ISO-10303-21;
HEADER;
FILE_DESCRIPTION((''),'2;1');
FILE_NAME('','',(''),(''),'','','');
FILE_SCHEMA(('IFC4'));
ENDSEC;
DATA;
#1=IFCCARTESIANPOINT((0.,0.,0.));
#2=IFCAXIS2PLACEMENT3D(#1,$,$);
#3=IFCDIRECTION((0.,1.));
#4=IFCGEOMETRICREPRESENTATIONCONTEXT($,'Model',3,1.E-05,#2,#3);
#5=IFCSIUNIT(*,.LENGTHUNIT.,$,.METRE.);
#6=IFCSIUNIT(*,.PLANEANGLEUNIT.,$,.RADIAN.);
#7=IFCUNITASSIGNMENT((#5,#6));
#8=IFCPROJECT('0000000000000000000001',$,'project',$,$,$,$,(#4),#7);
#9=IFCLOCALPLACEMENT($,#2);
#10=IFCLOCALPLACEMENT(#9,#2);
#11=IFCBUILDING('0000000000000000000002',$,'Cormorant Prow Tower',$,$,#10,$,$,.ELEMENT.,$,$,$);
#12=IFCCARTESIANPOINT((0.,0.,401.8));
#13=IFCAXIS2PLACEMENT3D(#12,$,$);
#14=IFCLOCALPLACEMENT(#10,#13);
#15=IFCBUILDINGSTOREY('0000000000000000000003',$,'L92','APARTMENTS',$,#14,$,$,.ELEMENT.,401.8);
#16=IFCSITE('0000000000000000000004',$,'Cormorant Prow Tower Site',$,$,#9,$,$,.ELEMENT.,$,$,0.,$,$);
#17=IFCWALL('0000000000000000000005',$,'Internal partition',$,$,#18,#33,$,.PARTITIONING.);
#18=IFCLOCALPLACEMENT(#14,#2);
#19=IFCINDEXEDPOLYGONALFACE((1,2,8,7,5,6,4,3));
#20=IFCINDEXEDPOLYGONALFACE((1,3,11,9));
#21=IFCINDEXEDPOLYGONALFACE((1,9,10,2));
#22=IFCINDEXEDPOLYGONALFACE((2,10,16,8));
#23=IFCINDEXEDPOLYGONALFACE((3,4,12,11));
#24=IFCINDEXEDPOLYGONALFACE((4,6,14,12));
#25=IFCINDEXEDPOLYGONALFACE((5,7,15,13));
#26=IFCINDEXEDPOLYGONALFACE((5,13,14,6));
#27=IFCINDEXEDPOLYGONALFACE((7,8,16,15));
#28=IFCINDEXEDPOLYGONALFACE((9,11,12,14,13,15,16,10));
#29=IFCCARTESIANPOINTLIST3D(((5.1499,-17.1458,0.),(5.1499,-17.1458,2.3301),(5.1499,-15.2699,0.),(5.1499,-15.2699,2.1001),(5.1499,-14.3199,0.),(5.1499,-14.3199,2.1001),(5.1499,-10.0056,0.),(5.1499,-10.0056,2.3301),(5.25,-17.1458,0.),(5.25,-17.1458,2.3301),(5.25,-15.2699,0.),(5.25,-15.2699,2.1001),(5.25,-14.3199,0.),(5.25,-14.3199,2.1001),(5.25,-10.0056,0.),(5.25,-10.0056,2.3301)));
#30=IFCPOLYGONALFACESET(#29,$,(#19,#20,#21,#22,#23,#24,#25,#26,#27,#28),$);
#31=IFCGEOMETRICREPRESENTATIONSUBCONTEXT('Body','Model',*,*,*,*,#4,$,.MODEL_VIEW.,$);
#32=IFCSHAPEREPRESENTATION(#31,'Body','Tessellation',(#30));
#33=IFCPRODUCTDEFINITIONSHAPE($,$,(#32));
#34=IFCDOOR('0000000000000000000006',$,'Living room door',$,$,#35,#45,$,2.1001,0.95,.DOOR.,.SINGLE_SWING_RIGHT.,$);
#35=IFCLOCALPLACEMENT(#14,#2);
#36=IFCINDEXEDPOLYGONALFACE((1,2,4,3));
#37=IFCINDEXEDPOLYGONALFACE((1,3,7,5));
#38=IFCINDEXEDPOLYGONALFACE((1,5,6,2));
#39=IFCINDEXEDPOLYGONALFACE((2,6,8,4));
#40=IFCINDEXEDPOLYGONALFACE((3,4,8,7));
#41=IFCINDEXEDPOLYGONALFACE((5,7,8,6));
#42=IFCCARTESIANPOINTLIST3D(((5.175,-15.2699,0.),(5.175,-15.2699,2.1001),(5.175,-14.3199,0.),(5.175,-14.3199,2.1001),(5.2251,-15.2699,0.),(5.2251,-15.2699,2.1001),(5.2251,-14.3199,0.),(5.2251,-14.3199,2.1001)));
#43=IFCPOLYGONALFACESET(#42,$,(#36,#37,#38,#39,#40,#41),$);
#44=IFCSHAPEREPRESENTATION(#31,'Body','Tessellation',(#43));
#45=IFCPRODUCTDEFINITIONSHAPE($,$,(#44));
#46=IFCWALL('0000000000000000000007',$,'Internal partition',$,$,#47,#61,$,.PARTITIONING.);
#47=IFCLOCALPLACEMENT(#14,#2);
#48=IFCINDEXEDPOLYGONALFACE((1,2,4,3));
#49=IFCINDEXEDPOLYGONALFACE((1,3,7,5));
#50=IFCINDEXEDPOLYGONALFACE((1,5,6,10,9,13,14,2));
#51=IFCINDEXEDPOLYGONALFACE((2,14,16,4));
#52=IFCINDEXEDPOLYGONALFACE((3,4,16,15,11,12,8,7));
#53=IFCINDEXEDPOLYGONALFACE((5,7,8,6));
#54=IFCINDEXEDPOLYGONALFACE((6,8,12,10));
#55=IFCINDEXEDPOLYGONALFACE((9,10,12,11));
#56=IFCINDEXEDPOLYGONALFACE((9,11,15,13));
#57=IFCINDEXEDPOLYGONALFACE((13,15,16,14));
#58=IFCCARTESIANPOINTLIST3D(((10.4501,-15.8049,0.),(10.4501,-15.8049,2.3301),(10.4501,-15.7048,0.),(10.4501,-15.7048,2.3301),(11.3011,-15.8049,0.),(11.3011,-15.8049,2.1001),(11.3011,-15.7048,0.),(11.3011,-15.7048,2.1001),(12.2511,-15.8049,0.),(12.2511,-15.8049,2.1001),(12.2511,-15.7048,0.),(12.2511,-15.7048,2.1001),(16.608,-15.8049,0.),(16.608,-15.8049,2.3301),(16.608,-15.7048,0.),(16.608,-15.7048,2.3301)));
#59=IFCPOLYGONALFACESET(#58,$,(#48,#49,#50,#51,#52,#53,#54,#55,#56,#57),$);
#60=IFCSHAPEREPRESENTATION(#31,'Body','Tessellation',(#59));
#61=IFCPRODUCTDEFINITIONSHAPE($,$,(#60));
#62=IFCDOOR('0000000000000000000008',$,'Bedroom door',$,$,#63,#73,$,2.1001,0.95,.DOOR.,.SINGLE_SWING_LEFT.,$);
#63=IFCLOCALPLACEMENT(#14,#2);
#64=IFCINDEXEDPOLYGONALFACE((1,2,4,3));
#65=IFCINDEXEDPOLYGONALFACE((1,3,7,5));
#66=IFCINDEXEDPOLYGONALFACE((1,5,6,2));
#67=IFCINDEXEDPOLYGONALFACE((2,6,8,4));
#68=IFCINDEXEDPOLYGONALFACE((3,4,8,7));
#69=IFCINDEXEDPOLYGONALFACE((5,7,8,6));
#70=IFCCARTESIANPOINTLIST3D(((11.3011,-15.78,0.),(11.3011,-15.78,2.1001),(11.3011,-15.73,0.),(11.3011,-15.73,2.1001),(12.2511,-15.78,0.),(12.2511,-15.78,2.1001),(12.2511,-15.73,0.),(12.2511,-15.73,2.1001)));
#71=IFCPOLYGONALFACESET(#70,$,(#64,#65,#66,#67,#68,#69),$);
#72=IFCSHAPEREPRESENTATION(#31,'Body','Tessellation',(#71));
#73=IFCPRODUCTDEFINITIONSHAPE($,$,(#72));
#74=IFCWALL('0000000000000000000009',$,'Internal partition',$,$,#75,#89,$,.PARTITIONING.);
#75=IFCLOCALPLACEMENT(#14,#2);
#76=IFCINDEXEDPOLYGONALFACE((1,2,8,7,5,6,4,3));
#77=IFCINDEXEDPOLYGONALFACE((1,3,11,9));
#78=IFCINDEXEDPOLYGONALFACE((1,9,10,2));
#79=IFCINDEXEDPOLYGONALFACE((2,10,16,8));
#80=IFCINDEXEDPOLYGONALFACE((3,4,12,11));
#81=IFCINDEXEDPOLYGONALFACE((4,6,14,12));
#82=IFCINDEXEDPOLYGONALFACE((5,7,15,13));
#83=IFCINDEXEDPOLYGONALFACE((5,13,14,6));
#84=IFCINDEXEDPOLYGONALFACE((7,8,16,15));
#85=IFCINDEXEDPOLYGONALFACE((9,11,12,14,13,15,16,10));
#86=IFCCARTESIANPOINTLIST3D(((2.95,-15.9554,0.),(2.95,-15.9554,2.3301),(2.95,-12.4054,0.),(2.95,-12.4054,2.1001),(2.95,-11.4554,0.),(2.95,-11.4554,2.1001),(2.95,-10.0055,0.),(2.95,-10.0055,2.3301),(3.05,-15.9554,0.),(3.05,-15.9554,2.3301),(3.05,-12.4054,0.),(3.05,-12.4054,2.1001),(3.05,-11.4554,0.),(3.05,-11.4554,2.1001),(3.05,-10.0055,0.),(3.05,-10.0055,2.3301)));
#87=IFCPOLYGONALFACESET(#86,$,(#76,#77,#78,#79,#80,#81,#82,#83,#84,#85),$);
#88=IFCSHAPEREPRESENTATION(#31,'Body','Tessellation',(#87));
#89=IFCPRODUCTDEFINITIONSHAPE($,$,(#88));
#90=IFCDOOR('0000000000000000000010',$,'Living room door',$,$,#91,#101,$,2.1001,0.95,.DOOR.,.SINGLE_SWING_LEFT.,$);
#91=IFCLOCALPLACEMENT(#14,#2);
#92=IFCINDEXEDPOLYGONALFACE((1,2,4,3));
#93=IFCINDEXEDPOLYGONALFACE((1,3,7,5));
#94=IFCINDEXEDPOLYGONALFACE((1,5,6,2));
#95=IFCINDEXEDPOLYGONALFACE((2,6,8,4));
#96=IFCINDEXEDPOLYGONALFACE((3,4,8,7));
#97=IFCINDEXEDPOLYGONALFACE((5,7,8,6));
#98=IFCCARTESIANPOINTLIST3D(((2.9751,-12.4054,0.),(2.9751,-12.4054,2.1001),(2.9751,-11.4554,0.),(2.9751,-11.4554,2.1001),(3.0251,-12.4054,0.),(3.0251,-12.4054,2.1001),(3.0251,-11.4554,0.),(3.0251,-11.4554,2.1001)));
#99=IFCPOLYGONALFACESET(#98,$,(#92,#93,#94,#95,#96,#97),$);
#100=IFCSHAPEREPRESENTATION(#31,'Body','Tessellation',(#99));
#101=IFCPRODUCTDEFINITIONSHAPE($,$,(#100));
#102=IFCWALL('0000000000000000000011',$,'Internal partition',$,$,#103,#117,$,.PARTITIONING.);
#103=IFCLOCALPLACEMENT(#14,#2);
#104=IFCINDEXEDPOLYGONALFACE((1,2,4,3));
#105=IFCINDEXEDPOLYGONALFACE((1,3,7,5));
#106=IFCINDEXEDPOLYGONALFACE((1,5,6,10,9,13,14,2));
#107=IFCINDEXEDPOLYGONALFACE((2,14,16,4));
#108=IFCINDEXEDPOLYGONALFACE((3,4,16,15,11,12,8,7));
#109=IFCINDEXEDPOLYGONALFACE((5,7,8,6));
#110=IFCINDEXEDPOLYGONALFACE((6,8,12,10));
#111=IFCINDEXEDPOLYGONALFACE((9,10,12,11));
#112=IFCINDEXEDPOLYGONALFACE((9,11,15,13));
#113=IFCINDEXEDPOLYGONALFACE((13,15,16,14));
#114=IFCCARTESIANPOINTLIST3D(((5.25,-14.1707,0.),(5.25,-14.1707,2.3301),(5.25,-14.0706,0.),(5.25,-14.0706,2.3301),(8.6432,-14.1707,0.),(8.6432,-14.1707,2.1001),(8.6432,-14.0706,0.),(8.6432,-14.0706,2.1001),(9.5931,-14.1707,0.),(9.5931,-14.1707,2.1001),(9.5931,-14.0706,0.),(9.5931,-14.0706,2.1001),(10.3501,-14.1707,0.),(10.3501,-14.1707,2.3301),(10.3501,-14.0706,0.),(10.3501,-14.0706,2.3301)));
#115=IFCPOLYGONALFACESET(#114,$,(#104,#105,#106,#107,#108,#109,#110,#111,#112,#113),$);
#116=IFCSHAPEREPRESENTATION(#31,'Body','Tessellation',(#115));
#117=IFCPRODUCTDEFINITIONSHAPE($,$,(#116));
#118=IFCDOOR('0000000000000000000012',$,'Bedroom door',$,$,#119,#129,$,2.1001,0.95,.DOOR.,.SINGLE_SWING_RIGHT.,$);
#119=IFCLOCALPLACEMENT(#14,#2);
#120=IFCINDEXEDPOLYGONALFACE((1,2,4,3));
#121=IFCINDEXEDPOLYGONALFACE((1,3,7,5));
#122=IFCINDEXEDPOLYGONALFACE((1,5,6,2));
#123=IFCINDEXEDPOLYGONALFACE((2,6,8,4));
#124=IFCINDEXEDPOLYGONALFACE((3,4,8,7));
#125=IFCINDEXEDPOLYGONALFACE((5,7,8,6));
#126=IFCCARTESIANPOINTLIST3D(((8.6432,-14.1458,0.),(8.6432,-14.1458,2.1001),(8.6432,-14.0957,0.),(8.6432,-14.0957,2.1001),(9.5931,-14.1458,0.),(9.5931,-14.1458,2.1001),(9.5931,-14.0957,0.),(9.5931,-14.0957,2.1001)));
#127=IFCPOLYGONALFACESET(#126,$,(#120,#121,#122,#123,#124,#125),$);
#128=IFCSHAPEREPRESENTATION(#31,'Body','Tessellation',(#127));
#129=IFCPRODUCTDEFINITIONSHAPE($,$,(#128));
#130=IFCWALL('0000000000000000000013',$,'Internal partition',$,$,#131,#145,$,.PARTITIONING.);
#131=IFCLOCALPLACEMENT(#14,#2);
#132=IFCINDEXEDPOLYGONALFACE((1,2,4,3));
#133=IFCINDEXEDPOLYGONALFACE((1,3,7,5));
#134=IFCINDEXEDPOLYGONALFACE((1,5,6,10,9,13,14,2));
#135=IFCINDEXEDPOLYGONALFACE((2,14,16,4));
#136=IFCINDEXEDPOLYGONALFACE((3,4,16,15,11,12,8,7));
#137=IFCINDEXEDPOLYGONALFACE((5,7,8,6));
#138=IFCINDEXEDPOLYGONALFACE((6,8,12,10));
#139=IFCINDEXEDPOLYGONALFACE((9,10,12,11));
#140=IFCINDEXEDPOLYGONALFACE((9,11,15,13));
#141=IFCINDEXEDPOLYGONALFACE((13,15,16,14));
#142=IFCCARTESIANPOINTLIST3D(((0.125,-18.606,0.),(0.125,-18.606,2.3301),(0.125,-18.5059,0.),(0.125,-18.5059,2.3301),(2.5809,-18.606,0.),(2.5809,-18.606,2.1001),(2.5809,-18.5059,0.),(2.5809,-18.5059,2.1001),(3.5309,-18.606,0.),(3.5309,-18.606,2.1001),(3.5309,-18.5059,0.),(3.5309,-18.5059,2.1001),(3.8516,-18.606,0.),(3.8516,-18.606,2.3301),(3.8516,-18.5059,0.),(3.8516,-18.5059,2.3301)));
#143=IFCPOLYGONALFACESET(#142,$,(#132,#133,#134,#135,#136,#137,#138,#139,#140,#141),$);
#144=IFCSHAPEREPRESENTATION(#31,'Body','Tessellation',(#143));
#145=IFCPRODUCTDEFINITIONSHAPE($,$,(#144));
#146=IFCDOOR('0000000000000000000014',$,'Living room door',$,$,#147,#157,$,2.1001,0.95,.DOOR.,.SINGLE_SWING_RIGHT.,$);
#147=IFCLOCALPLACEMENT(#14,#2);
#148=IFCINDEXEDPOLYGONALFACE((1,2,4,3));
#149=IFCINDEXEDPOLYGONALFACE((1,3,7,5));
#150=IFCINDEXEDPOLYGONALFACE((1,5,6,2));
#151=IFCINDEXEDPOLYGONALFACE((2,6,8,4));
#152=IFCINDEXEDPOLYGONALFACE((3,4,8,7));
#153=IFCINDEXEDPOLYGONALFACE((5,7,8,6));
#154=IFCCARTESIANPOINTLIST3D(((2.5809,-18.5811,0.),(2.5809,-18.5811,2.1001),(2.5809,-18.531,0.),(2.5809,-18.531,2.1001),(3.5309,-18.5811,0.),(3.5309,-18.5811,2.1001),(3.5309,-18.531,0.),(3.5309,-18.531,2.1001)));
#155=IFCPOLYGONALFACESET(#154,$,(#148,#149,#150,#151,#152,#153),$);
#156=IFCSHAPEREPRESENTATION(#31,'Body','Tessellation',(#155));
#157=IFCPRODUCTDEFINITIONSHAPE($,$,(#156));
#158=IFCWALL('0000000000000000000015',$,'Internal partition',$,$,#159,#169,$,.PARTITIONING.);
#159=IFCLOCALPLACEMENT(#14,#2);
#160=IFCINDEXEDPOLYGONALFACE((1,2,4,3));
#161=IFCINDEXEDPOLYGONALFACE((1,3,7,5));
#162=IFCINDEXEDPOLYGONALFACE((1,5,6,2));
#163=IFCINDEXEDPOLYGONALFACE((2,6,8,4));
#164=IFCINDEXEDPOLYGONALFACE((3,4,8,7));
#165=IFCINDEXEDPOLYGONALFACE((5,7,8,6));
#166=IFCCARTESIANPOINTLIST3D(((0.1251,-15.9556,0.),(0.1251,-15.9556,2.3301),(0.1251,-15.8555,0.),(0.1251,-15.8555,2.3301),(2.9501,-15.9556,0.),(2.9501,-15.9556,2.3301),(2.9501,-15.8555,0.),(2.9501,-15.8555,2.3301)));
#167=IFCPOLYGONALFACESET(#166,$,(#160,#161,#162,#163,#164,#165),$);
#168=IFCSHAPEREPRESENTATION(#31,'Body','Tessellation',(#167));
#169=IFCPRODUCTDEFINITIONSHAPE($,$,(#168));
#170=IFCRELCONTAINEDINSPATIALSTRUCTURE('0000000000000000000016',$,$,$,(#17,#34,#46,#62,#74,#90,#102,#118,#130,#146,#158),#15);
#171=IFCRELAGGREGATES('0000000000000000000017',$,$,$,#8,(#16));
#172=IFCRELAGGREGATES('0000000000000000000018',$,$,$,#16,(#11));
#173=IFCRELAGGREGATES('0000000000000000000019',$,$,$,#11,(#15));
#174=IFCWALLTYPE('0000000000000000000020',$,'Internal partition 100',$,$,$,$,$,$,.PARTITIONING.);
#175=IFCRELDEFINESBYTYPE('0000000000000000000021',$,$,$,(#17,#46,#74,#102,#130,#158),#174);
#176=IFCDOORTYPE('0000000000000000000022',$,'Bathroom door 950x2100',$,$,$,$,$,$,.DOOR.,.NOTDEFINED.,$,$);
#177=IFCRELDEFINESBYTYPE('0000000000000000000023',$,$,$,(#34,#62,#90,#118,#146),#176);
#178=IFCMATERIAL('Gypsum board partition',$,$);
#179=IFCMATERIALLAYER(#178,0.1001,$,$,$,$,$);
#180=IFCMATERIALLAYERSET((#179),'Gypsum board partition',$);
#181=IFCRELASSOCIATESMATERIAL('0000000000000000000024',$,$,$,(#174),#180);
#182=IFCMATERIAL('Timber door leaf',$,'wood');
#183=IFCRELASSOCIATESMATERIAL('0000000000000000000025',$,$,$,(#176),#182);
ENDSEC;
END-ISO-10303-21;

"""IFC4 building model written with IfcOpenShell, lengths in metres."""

from ifc_helpers import new_model, si_unit, direction, frame, frame_2d, origin, place, context, subcontext, project, spatial, rectangle, extrude, material, layer, layer_set, type_object, element, fill, save


model = new_model("IFC4")

# Units and contexts
model_context = context("Model", 3, precision=1e-05, world=origin(), true_north=direction((0.0, 1.0)))
body_context = subcontext(model_context, "Body", "Model", "MODEL_VIEW")
ifc_project = project(units=[si_unit("LENGTHUNIT", "METRE"), si_unit("PLANEANGLEUNIT", "RADIAN")], contexts=[model_context])

# Site, building, storey
site_placement = place(None, origin())
site = spatial("IfcSite", under=ifc_project, at=site_placement, Name="Cormorant Prow Tower Site", CompositionType="ELEMENT", RefElevation=0.0)
building_placement = place(site_placement, origin())
building = spatial("IfcBuilding", under=site, at=building_placement, Name="Cormorant Prow Tower", CompositionType="ELEMENT")
storey_placement = place(building_placement, frame((0.0, 0.0, 401.8)))
storey = spatial("IfcBuildingStorey", under=building, at=storey_placement, Name="L92", Description="APARTMENTS", CompositionType="ELEMENT", Elevation=401.8)

# Walls, openings, doors
ifc_material_1 = material(Name="Gypsum board partition")
ifc_layer_1 = layer(ifc_material_1, 0.1001)
ifc_layer_set_1 = layer_set([ifc_layer_1], Name="Gypsum board partition")
wall_type_1 = type_object("IfcWallType", Name="Internal partition 100", PredefinedType="PARTITIONING", material=ifc_layer_set_1)
ifc_material_2 = material(Name="Timber door leaf", Category="wood")
door_type_1 = type_object("IfcDoorType", Name="Bathroom door 950x2100", OperationType="NOTDEFINED", PredefinedType="DOOR", material=ifc_material_2)
wall_1_placement = place(storey_placement, frame((5.2, -17.1458, 0.0), z_axis=(0.0, 0.0, 1.0), x_axis=(0.0, 1.0, 0.0)))
wall_1 = element("IfcWall", 1, at=wall_1_placement, inside=storey, type_object=wall_type_1, Name="Internal partition", PredefinedType="PARTITIONING", context=body_context, shape_type="SweptSolid", body=[
    extrude(rectangle(XDim=7.1401, YDim=0.1001, at=frame_2d((3.5701, 0.0))), origin(), (0.0, 0.0, 1.0), 2.3301),
])
opening_1_placement = place(wall_1_placement, frame((1.8757, 0.0, 0.0)))
opening_1 = element("IfcOpeningElement", 2, at=opening_1_placement, cuts=wall_1, PredefinedType="OPENING", context=body_context, shape_type="SweptSolid", body=[
    extrude(rectangle(XDim=0.95, YDim=2.1001, at=frame_2d((0.4751, 1.05))), frame((0.0, 0.0601, 0.0), z_axis=(0.0, -1.0, 0.0), x_axis=(1.0, 0.0, 0.0)), (0.0, 0.0, 1.0), 0.1201),
])
door_1_placement = place(opening_1_placement, origin())
door_1 = element("IfcDoor", 3, at=door_1_placement, inside=storey, type_object=door_type_1, Name="Living room door", OperationType="SINGLE_SWING_RIGHT", OverallHeight=2.1001, OverallWidth=0.95, PredefinedType="DOOR", context=body_context, shape_type="SweptSolid", body=[
    extrude(rectangle(XDim=0.95, YDim=2.1001, at=frame_2d((0.4751, 1.05))), frame((0.0, 0.0249, 0.0), z_axis=(0.0, -1.0, 0.0), x_axis=(1.0, 0.0, 0.0)), (0.0, 0.0, 1.0), 0.05),
])
fill(opening_1, door_1)
wall_2_placement = place(storey_placement, frame((10.45, -15.7549, 0.0), z_axis=(0.0, 0.0, 1.0), x_axis=(1.0, 0.0, 0.0)))
wall_2 = element("IfcWall", 4, at=wall_2_placement, inside=storey, type_object=wall_type_1, Name="Internal partition", PredefinedType="PARTITIONING", context=body_context, shape_type="SweptSolid", body=[
    extrude(rectangle(XDim=6.158, YDim=0.1001, at=frame_2d((3.0791, 0.0))), origin(), (0.0, 0.0, 1.0), 2.3301),
])
opening_2_placement = place(wall_2_placement, frame((0.8511, 0.0, 0.0)))
opening_2 = element("IfcOpeningElement", 5, at=opening_2_placement, cuts=wall_2, PredefinedType="OPENING", context=body_context, shape_type="SweptSolid", body=[
    extrude(rectangle(XDim=0.95, YDim=2.1001, at=frame_2d((0.4751, 1.05))), frame((0.0, 0.0601, 0.0), z_axis=(0.0, -1.0, 0.0), x_axis=(1.0, 0.0, 0.0)), (0.0, 0.0, 1.0), 0.1201),
])
door_2_placement = place(opening_2_placement, origin())
door_2 = element("IfcDoor", 6, at=door_2_placement, inside=storey, type_object=door_type_1, Name="Bedroom door", OperationType="SINGLE_SWING_LEFT", OverallHeight=2.1001, OverallWidth=0.95, PredefinedType="DOOR", context=body_context, shape_type="SweptSolid", body=[
    extrude(rectangle(XDim=0.95, YDim=2.1001, at=frame_2d((0.4751, 1.05))), frame((0.0, 0.0249, 0.0), z_axis=(0.0, -1.0, 0.0), x_axis=(1.0, 0.0, 0.0)), (0.0, 0.0, 1.0), 0.05),
])
fill(opening_2, door_2)
wall_3_placement = place(storey_placement, frame((3.0, -15.9556, 0.0), z_axis=(0.0, 0.0, 1.0), x_axis=(0.0, 1.0, 0.0)))
wall_3 = element("IfcWall", 7, at=wall_3_placement, inside=storey, type_object=wall_type_1, Name="Internal partition", PredefinedType="PARTITIONING", context=body_context, shape_type="SweptSolid", body=[
    extrude(rectangle(XDim=5.95, YDim=0.1001, at=frame_2d((2.9751, 0.0))), origin(), (0.0, 0.0, 1.0), 2.3301),
])
opening_3_placement = place(wall_3_placement, frame((3.55, 0.0, 0.0)))
opening_3 = element("IfcOpeningElement", 8, at=opening_3_placement, cuts=wall_3, PredefinedType="OPENING", context=body_context, shape_type="SweptSolid", body=[
    extrude(rectangle(XDim=0.95, YDim=2.1001, at=frame_2d((0.4751, 1.05))), frame((0.0, 0.0601, 0.0), z_axis=(0.0, -1.0, 0.0), x_axis=(1.0, 0.0, 0.0)), (0.0, 0.0, 1.0), 0.1201),
])
door_3_placement = place(opening_3_placement, origin())
door_3 = element("IfcDoor", 9, at=door_3_placement, inside=storey, type_object=door_type_1, Name="Living room door", OperationType="SINGLE_SWING_LEFT", OverallHeight=2.1001, OverallWidth=0.95, PredefinedType="DOOR", context=body_context, shape_type="SweptSolid", body=[
    extrude(rectangle(XDim=0.95, YDim=2.1001, at=frame_2d((0.4751, 1.05))), frame((0.0, 0.0249, 0.0), z_axis=(0.0, -1.0, 0.0), x_axis=(1.0, 0.0, 0.0)), (0.0, 0.0, 1.0), 0.05),
])
fill(opening_3, door_3)
wall_4_placement = place(storey_placement, frame((5.25, -14.1206, 0.0), z_axis=(0.0, 0.0, 1.0), x_axis=(1.0, 0.0, 0.0)))
wall_4 = element("IfcWall", 10, at=wall_4_placement, inside=storey, type_object=wall_type_1, Name="Internal partition", PredefinedType="PARTITIONING", context=body_context, shape_type="SweptSolid", body=[
    extrude(rectangle(XDim=5.1001, YDim=0.1001, at=frame_2d((2.55, 0.0))), origin(), (0.0, 0.0, 1.0), 2.3301),
])
opening_4_placement = place(wall_4_placement, frame((3.3931, 0.0, 0.0)))
opening_4 = element("IfcOpeningElement", 11, at=opening_4_placement, cuts=wall_4, PredefinedType="OPENING", context=body_context, shape_type="SweptSolid", body=[
    extrude(rectangle(XDim=0.95, YDim=2.1001, at=frame_2d((0.4751, 1.05))), frame((0.0, 0.0601, 0.0), z_axis=(0.0, -1.0, 0.0), x_axis=(1.0, 0.0, 0.0)), (0.0, 0.0, 1.0), 0.1201),
])
door_4_placement = place(opening_4_placement, origin())
door_4 = element("IfcDoor", 12, at=door_4_placement, inside=storey, type_object=door_type_1, Name="Bedroom door", OperationType="SINGLE_SWING_RIGHT", OverallHeight=2.1001, OverallWidth=0.95, PredefinedType="DOOR", context=body_context, shape_type="SweptSolid", body=[
    extrude(rectangle(XDim=0.95, YDim=2.1001, at=frame_2d((0.4751, 1.05))), frame((0.0, 0.0249, 0.0), z_axis=(0.0, -1.0, 0.0), x_axis=(1.0, 0.0, 0.0)), (0.0, 0.0, 1.0), 0.05),
])
fill(opening_4, door_4)
wall_5_placement = place(storey_placement, frame((0.125, -18.5559, 0.0), z_axis=(0.0, 0.0, 1.0), x_axis=(1.0, 0.0, 0.0)))
wall_5 = element("IfcWall", 13, at=wall_5_placement, inside=storey, type_object=wall_type_1, Name="Internal partition", PredefinedType="PARTITIONING", context=body_context, shape_type="SweptSolid", body=[
    extrude(rectangle(XDim=3.7266, YDim=0.1001, at=frame_2d((1.8633, 0.0))), origin(), (0.0, 0.0, 1.0), 2.3301),
])
opening_5_placement = place(wall_5_placement, frame((2.4558, 0.0, 0.0)))
opening_5 = element("IfcOpeningElement", 14, at=opening_5_placement, cuts=wall_5, PredefinedType="OPENING", context=body_context, shape_type="SweptSolid", body=[
    extrude(rectangle(XDim=0.95, YDim=2.1001, at=frame_2d((0.4751, 1.05))), frame((0.0, 0.0601, 0.0), z_axis=(0.0, -1.0, 0.0), x_axis=(1.0, 0.0, 0.0)), (0.0, 0.0, 1.0), 0.1201),
])
door_5_placement = place(opening_5_placement, origin())
door_5 = element("IfcDoor", 15, at=door_5_placement, inside=storey, type_object=door_type_1, Name="Living room door", OperationType="SINGLE_SWING_RIGHT", OverallHeight=2.1001, OverallWidth=0.95, PredefinedType="DOOR", context=body_context, shape_type="SweptSolid", body=[
    extrude(rectangle(XDim=0.95, YDim=2.1001, at=frame_2d((0.4751, 1.05))), frame((0.0, 0.0249, 0.0), z_axis=(0.0, -1.0, 0.0), x_axis=(1.0, 0.0, 0.0)), (0.0, 0.0, 1.0), 0.05),
])
fill(opening_5, door_5)

# Wall
wall_6_placement = place(storey_placement, frame((0.125, -15.9055, 0.0), z_axis=(0.0, 0.0, 1.0), x_axis=(1.0, 0.0, 0.0)))
element("IfcWall", 16, at=wall_6_placement, inside=storey, type_object=wall_type_1, Name="Internal partition", PredefinedType="PARTITIONING", context=body_context, shape_type="SweptSolid", body=[
    extrude(rectangle(XDim=2.825, YDim=0.1001, at=frame_2d((1.4126, 0.0))), origin(), (0.0, 0.0, 1.0), 2.3301),
])

save(model, "model.ifc")
